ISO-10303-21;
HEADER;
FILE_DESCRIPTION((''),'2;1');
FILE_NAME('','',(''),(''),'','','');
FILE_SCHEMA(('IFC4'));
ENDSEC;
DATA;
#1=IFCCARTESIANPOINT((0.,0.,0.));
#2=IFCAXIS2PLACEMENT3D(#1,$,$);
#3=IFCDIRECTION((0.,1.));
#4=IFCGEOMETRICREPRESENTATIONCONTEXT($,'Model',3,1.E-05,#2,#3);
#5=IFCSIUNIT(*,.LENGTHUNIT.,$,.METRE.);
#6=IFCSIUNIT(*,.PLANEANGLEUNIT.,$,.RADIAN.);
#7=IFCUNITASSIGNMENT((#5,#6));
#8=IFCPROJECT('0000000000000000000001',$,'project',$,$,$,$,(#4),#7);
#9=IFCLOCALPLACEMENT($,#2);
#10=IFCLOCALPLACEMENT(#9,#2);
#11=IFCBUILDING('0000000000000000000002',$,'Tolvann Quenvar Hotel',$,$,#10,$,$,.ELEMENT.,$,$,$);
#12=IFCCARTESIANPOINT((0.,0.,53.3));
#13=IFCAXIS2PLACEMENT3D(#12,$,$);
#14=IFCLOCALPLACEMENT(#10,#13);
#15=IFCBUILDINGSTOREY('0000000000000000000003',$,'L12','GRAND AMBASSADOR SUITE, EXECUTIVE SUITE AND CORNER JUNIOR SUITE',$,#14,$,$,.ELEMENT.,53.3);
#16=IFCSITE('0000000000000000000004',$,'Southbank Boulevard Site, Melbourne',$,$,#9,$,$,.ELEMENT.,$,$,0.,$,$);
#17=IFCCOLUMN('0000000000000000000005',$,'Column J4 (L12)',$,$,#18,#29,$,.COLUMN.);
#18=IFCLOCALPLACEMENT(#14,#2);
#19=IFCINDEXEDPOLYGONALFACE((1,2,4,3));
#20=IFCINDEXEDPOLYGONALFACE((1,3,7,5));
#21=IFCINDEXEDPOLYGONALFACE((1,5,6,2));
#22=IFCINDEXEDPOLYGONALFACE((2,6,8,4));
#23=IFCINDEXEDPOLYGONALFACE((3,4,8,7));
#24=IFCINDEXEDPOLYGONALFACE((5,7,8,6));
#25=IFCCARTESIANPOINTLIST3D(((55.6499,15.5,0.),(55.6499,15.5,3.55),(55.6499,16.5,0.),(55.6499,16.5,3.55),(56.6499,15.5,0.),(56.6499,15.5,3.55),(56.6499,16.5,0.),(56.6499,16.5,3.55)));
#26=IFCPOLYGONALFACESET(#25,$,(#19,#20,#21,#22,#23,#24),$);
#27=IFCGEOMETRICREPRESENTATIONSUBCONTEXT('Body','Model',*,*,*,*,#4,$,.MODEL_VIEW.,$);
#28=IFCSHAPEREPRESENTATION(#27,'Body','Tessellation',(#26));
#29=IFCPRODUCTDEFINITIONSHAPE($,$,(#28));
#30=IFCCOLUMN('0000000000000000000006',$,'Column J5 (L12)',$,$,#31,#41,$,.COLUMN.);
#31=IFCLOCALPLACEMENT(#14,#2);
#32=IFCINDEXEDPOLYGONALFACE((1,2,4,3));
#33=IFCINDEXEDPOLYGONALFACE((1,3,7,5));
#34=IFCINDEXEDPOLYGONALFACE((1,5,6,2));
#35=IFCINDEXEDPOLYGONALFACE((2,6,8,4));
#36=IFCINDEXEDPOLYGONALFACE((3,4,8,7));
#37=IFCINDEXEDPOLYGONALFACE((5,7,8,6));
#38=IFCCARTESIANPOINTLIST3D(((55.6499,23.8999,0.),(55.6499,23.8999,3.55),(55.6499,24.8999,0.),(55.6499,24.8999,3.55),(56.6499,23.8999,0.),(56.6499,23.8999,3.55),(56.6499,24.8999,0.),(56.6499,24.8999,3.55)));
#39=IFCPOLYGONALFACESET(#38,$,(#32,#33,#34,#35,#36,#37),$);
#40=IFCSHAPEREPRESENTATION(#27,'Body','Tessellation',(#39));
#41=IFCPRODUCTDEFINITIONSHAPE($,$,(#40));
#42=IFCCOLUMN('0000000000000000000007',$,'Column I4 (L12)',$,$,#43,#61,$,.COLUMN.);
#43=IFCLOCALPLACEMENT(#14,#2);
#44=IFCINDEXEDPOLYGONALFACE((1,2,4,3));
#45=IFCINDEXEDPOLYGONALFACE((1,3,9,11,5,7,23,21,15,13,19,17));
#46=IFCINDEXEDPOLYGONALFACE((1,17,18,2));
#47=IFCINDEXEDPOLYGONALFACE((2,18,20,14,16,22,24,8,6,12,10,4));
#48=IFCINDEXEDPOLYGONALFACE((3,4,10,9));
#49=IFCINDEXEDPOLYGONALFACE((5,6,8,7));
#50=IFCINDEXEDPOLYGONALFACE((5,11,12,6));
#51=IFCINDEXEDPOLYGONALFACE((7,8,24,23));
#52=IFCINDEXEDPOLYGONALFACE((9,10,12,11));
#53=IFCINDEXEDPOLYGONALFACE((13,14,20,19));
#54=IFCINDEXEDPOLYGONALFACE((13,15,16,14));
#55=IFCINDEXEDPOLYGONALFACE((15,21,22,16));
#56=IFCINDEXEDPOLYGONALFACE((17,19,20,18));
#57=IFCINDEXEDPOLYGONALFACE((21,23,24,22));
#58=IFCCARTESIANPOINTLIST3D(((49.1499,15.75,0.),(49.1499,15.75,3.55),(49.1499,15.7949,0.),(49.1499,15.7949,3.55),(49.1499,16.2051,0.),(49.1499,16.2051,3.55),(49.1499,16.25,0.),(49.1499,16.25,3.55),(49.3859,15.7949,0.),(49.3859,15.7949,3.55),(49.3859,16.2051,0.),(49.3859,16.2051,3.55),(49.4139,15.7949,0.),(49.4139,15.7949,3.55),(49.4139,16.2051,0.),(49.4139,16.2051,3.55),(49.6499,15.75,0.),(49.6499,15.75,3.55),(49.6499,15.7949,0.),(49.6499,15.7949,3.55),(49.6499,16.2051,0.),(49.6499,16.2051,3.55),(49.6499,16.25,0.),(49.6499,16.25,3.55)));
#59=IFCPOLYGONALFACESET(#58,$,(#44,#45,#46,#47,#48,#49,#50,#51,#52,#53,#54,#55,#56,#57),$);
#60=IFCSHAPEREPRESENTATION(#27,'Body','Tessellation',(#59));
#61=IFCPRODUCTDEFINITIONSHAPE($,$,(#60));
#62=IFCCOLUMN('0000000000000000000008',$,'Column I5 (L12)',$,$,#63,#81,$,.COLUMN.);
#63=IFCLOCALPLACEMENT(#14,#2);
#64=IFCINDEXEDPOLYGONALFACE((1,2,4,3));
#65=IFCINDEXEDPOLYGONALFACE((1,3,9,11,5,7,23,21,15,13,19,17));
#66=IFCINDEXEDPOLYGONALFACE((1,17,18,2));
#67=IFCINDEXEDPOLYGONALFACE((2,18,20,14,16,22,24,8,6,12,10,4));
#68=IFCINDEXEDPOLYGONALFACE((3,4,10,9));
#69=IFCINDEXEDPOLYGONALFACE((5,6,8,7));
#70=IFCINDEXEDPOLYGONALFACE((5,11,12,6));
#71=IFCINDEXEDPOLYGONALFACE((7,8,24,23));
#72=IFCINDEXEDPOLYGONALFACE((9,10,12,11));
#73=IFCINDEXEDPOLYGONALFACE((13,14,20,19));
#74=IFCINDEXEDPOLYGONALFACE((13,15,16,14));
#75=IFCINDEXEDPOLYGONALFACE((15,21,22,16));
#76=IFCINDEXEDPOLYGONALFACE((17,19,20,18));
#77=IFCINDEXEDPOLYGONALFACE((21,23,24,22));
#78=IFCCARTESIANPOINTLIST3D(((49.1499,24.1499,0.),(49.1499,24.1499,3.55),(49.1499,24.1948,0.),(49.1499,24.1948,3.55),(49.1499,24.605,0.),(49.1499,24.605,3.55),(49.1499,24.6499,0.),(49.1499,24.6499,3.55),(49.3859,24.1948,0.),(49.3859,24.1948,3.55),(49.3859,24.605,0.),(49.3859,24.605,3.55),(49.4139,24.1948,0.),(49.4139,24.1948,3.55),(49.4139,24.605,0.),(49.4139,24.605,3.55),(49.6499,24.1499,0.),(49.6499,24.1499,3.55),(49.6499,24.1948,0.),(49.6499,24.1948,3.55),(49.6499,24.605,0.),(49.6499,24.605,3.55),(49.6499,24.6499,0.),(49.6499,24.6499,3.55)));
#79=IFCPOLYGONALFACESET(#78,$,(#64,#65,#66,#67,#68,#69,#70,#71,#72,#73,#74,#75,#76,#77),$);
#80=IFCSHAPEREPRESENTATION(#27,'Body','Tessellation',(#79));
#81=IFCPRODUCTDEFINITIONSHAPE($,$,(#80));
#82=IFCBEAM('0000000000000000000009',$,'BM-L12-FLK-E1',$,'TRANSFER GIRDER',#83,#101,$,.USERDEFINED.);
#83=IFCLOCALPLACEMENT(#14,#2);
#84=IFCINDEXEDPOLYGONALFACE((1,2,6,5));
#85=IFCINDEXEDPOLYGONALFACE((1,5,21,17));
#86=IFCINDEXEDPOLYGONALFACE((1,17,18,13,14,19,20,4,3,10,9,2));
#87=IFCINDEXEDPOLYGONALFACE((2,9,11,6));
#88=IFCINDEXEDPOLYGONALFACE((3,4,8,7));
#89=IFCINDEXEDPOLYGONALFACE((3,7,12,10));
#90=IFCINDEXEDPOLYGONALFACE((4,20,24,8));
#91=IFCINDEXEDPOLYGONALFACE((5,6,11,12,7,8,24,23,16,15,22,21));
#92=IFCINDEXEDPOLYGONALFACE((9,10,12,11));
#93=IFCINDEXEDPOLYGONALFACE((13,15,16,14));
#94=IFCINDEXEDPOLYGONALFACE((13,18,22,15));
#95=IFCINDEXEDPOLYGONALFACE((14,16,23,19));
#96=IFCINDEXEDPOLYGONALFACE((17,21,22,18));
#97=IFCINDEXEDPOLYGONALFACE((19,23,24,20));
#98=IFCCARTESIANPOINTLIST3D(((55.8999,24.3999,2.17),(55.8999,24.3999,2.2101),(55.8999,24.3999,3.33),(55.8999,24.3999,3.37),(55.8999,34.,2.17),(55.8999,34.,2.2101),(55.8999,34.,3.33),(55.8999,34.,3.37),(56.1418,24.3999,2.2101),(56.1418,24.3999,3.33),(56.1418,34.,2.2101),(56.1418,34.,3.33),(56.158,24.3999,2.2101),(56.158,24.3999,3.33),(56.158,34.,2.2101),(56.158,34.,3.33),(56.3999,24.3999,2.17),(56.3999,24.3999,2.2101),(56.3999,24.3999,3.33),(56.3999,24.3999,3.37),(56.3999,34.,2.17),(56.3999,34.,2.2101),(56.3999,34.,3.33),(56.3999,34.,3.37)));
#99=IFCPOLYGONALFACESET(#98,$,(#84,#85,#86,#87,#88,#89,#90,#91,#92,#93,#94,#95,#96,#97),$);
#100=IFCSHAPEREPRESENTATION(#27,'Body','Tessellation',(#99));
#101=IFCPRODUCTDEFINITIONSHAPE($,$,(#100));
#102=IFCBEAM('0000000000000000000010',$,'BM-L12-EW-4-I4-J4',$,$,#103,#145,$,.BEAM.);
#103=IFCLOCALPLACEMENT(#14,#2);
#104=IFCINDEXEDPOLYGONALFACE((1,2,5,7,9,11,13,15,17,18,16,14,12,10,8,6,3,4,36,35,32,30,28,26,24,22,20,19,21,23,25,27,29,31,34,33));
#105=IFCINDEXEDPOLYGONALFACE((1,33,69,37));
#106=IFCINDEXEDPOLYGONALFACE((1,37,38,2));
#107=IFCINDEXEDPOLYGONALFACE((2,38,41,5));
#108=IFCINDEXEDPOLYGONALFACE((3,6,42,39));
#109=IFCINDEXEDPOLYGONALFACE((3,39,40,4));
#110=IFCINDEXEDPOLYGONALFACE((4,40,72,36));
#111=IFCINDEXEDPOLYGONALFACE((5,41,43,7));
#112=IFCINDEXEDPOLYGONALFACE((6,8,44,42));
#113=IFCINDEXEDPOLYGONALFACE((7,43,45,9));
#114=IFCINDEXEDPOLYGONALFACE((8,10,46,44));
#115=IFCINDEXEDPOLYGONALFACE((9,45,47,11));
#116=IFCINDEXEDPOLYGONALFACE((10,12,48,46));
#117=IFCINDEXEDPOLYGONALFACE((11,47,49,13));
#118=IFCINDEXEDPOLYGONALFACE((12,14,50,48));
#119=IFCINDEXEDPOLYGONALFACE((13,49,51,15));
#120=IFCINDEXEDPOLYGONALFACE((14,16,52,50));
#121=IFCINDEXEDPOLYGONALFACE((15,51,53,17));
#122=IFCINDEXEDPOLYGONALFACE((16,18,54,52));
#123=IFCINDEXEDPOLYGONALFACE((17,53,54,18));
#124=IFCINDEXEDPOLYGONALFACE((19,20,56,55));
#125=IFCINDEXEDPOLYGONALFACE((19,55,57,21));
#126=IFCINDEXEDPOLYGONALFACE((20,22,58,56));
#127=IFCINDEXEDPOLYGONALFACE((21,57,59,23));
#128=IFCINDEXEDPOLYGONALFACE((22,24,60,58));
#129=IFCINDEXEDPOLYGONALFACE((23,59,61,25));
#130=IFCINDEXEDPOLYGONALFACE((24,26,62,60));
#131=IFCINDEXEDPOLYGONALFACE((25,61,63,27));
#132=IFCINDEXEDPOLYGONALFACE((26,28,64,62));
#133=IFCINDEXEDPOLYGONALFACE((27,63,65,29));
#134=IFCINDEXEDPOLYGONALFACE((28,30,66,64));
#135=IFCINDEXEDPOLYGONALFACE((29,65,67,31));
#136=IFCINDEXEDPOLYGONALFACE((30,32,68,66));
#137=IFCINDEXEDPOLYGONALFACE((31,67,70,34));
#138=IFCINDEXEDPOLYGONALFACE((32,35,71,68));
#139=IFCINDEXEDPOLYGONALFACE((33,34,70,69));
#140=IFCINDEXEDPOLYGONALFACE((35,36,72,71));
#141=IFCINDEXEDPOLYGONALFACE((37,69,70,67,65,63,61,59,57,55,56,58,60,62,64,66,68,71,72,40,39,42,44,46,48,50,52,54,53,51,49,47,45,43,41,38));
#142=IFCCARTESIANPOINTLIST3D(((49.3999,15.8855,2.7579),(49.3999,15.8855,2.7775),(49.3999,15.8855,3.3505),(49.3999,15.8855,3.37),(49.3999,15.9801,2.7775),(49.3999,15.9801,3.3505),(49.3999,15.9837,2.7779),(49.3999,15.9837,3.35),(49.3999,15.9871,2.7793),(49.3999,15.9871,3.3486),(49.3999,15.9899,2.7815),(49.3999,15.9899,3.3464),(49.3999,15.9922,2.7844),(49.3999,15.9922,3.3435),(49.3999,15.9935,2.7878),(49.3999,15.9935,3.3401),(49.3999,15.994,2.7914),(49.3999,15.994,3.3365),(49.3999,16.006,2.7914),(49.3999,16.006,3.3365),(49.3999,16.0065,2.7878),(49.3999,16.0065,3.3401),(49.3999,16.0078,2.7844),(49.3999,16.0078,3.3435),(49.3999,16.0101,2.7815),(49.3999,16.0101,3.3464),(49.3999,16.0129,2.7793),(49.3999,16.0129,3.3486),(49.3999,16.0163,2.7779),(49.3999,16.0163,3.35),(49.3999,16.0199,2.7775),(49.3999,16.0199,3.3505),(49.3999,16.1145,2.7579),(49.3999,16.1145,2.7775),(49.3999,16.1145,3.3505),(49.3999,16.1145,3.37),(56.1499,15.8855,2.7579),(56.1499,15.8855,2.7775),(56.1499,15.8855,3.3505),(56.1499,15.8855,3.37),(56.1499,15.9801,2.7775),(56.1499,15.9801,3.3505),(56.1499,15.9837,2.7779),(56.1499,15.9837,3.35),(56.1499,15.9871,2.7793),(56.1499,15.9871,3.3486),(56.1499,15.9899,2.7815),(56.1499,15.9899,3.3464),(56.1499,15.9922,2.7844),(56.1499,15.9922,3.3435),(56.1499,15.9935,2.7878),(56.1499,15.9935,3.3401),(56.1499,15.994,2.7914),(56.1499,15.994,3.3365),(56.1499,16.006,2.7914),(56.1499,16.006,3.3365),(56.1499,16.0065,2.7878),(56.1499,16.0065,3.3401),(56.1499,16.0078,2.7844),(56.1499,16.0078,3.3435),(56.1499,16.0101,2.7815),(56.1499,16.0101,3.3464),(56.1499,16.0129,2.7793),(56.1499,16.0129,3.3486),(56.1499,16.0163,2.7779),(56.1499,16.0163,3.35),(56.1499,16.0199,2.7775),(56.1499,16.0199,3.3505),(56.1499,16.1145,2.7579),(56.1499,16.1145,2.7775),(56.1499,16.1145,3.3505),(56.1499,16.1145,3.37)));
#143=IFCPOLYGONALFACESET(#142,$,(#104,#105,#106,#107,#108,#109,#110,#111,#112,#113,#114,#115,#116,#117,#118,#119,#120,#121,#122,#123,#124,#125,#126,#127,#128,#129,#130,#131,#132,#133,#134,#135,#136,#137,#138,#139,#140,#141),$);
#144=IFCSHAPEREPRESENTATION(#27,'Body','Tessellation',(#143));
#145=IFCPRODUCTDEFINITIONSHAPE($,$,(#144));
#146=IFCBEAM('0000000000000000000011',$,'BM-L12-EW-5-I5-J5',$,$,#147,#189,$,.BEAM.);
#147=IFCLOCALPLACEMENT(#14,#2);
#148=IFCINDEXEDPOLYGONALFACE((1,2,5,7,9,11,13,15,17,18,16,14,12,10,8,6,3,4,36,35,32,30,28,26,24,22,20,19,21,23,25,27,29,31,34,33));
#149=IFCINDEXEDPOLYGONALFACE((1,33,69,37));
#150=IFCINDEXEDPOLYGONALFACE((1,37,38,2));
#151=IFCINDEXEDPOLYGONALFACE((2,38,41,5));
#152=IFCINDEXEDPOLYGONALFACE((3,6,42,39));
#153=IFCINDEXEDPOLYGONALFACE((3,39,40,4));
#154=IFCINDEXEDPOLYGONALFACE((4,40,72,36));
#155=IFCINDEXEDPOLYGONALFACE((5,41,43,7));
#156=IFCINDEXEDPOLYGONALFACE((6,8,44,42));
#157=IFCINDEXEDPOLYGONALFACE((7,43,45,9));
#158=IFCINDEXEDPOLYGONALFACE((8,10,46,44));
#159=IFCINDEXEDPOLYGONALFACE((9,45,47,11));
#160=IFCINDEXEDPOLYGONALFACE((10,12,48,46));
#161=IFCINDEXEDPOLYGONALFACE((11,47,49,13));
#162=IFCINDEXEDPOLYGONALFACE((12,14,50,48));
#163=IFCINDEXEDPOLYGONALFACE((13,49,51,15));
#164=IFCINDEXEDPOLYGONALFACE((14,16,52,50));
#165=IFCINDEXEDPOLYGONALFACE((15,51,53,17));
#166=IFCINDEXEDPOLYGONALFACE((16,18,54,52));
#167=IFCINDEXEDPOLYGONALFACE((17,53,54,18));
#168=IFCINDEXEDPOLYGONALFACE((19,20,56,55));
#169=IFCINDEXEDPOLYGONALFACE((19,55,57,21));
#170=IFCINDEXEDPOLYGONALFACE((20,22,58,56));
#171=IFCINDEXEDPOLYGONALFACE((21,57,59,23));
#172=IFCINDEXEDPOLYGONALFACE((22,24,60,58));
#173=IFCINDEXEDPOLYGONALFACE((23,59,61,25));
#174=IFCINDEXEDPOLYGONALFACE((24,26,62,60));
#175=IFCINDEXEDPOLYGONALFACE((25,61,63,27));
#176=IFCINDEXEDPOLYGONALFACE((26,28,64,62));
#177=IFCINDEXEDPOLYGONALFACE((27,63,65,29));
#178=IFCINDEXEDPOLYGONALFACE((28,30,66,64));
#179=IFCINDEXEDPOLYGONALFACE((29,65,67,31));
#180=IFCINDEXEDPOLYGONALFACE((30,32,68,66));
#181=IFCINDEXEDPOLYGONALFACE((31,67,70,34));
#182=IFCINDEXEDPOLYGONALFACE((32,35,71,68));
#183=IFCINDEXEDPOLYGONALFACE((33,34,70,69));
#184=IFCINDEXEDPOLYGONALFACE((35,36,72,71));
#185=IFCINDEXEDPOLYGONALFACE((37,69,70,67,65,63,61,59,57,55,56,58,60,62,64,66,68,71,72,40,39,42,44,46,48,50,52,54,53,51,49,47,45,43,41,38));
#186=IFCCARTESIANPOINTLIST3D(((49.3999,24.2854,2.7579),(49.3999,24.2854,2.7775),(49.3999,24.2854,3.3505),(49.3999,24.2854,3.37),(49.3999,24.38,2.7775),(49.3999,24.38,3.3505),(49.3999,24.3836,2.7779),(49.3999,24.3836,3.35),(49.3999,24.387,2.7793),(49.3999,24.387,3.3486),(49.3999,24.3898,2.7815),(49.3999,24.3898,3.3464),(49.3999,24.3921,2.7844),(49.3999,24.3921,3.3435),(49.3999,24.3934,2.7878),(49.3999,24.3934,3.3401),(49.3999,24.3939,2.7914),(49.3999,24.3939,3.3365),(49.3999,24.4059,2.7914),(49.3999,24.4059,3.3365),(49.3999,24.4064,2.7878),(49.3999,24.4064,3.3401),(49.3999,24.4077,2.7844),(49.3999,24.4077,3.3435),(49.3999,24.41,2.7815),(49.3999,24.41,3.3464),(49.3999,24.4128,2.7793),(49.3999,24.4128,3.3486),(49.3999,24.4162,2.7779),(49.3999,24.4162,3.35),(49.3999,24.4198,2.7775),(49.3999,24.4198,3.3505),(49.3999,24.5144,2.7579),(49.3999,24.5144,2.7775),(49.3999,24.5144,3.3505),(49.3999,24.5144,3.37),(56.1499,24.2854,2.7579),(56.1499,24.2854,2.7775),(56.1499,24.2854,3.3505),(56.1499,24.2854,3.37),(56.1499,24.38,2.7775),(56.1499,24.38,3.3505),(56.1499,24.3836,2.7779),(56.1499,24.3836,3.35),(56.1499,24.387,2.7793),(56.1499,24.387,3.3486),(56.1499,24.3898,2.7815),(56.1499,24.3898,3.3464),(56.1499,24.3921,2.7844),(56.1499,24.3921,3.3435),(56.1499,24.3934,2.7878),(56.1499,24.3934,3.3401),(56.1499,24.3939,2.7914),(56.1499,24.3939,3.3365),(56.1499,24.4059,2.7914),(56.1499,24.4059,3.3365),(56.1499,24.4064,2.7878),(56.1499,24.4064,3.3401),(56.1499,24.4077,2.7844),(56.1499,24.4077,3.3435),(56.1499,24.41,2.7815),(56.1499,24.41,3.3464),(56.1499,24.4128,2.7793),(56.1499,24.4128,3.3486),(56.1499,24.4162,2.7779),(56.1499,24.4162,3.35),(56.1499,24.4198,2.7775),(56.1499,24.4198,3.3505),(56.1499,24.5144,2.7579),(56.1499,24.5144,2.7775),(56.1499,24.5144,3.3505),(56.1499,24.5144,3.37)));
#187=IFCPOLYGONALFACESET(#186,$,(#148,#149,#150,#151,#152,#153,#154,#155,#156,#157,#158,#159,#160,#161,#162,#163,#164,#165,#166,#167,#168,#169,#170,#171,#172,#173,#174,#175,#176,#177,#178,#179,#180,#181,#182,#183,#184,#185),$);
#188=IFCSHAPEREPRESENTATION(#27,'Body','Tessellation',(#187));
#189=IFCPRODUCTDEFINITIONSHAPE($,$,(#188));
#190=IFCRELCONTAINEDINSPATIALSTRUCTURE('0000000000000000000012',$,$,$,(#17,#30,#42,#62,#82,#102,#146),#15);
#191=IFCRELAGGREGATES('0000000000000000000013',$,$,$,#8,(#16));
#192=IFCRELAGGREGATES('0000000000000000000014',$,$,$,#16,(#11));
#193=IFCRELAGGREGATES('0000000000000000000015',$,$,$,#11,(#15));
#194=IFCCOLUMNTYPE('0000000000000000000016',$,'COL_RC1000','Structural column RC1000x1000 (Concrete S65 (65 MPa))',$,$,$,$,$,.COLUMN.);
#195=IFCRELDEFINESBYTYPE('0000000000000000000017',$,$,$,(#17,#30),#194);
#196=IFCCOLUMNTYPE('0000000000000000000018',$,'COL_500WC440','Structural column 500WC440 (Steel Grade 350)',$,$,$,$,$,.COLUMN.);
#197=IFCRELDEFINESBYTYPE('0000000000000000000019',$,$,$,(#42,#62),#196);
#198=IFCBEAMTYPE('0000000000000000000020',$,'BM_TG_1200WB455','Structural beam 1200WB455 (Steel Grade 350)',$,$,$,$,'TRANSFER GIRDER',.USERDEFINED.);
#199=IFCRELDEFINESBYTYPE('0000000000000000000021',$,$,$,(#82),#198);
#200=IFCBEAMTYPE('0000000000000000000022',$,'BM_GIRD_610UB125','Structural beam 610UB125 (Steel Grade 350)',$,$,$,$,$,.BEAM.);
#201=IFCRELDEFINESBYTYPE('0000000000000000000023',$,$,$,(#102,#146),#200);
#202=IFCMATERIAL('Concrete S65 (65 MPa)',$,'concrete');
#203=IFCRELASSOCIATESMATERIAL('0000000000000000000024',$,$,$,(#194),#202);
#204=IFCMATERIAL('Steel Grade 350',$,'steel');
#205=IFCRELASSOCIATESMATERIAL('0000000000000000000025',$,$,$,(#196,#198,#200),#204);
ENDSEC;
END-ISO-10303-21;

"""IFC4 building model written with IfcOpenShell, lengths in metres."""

from ifc_helpers import new_model, si_unit, direction, frame, origin, origin_2d, place, context, subcontext, project, spatial, rectangle, i_section, extrude, source, transform, mapped, material, material_profile, profile_set, type_object, type_shapes, element, save


model = new_model("IFC4")

# Units and contexts
model_context = context("Model", 3, precision=1e-05, world=origin(), true_north=direction((0.0, 1.0)))
body_context = subcontext(model_context, "Body", "Model", "MODEL_VIEW")
ifc_project = project(units=[si_unit("LENGTHUNIT", "METRE"), si_unit("PLANEANGLEUNIT", "RADIAN")], contexts=[model_context])

# Site, building, storey
site_placement = place(None, origin())
site = spatial("IfcSite", under=ifc_project, at=site_placement, Name="Southbank Boulevard Site, Melbourne", CompositionType="ELEMENT", RefElevation=0.0)
building_placement = place(site_placement, origin())
building = spatial("IfcBuilding", under=site, at=building_placement, Name="Tolvann Quenvar Hotel", CompositionType="ELEMENT")
storey_placement = place(building_placement, frame((0.0, 0.0, 53.3)))
storey = spatial("IfcBuildingStorey", under=building, at=storey_placement, Name="L12", Description="GRAND AMBASSADOR SUITE, EXECUTIVE SUITE AND CORNER JUNIOR SUITE", CompositionType="ELEMENT", Elevation=53.3)

# Columns
ifc_material_1 = material(Name="Concrete S65 (65 MPa)", Category="concrete")
ifc_material_profile_1 = material_profile(ifc_material_1, rectangle(XDim=1.0, YDim=1.0, at=origin_2d()), Name="RC1000x1000")
ifc_profile_set_1 = profile_set([ifc_material_profile_1], Name="Concrete S65 (65 MPa)")
column_type_1 = type_object("IfcColumnType", Name="COL_RC1000", Description="Structural column RC1000x1000 (Concrete S65 (65 MPa))", PredefinedType="COLUMN", material=ifc_profile_set_1)
shared_shape_1 = source(origin(), body_context, "Body", "SweptSolid", [
    extrude(rectangle(XDim=1.0, YDim=1.0, at=origin_2d()), origin(), (0.0, 0.0, 1.0), 3.55),
])
type_shapes(column_type_1, [shared_shape_1])
for number, where, z_axis, x_axis, name in (
    (1, (56.1499, 16.0, 0.0), (0.0, 0.0, 1.0), (1.0, 0.0, 0.0), "Column J4 (L12)"),
    (2, (56.1499, 24.3999, 0.0), (0.0, 0.0, 1.0), (1.0, 0.0, 0.0), "Column J5 (L12)"),
):
    element("IfcColumn", number, at=place(storey_placement, frame(where, z_axis=z_axis, x_axis=x_axis)), inside=storey, type_object=column_type_1, Name=name, PredefinedType="COLUMN", context=body_context, shape_type="MappedRepresentation", body=[
        mapped(shared_shape_1, transform((0.0, 0.0, 0.0), x_axis=(1.0, 0.0, 0.0), y_axis=(0.0, 1.0, 0.0), z_axis=(0.0, 0.0, 1.0), scale=1.0)),
    ])
ifc_material_2 = material(Name="Steel Grade 350", Category="steel")
ifc_material_profile_2 = material_profile(ifc_material_2, i_section(OverallWidth=0.5, OverallDepth=0.5, WebThickness=0.0281, FlangeThickness=0.0449, at=origin_2d()), Name="500WC440")
ifc_profile_set_2 = profile_set([ifc_material_profile_2], Name="Steel Grade 350")
column_type_2 = type_object("IfcColumnType", Name="COL_500WC440", Description="Structural column 500WC440 (Steel Grade 350)", PredefinedType="COLUMN", material=ifc_profile_set_2)
shared_shape_2 = source(origin(), body_context, "Body", "SweptSolid", [
    extrude(i_section(OverallWidth=0.5, OverallDepth=0.5, WebThickness=0.0281, FlangeThickness=0.0449, at=origin_2d()), origin(), (0.0, 0.0, 1.0), 3.55),
])
type_shapes(column_type_2, [shared_shape_2])
for number, where, z_axis, x_axis, name in (
    (3, (49.3999, 16.0, 0.0), (0.0, 0.0, 1.0), (1.0, 0.0, 0.0), "Column I4 (L12)"),
    (4, (49.3999, 24.3999, 0.0), (0.0, 0.0, 1.0), (1.0, 0.0, 0.0), "Column I5 (L12)"),
):
    element("IfcColumn", number, at=place(storey_placement, frame(where, z_axis=z_axis, x_axis=x_axis)), inside=storey, type_object=column_type_2, Name=name, PredefinedType="COLUMN", context=body_context, shape_type="MappedRepresentation", body=[
        mapped(shared_shape_2, transform((0.0, 0.0, 0.0), x_axis=(1.0, 0.0, 0.0), y_axis=(0.0, 1.0, 0.0), z_axis=(0.0, 0.0, 1.0), scale=1.0)),
    ])

# Beams
ifc_material_profile_3 = material_profile(ifc_material_2, i_section(OverallWidth=0.5, OverallDepth=1.2, WebThickness=0.0161, FlangeThickness=0.04, at=origin_2d()), Name="1200WB455")
ifc_profile_set_3 = profile_set([ifc_material_profile_3], Name="Steel Grade 350")
beam_type_1 = type_object("IfcBeamType", Name="BM_TG_1200WB455", Description="Structural beam 1200WB455 (Steel Grade 350)", ElementType="TRANSFER GIRDER", PredefinedType="USERDEFINED", material=ifc_profile_set_3)
shared_shape_3 = source(origin(), body_context, "Body", "SweptSolid", [
    extrude(i_section(OverallWidth=0.5, OverallDepth=1.2, WebThickness=0.0161, FlangeThickness=0.04, at=origin_2d()), origin(), (0.0, 0.0, 1.0), 9.6001),
])
beam_1_placement = place(storey_placement, frame((56.1499, 24.3999, 2.77), z_axis=(0.0, 1.0, 0.0), x_axis=(-1.0, 0.0, 0.0)))
element("IfcBeam", 5, at=beam_1_placement, inside=storey, type_object=beam_type_1, Name="BM-L12-FLK-E1", ObjectType="TRANSFER GIRDER", PredefinedType="USERDEFINED", context=body_context, shape_type="MappedRepresentation", body=[
    mapped(shared_shape_3, transform((0.0, 0.0, 0.0), x_axis=(1.0, 0.0, 0.0), y_axis=(0.0, 1.0, 0.0), z_axis=(0.0, 0.0, 1.0), scale=1.0)),
])
ifc_material_profile_4 = material_profile(ifc_material_2, i_section(OverallWidth=0.229, OverallDepth=0.6121, WebThickness=0.012, FlangeThickness=0.0195, FilletRadius=0.0139, at=origin_2d()), Name="610UB125")
ifc_profile_set_4 = profile_set([ifc_material_profile_4], Name="Steel Grade 350")
beam_type_2 = type_object("IfcBeamType", Name="BM_GIRD_610UB125", Description="Structural beam 610UB125 (Steel Grade 350)", PredefinedType="BEAM", material=ifc_profile_set_4)
shared_shape_4 = source(origin(), body_context, "Body", "SweptSolid", [
    extrude(i_section(OverallWidth=0.229, OverallDepth=0.6121, WebThickness=0.012, FlangeThickness=0.0195, FilletRadius=0.0139, at=origin_2d()), origin(), (0.0, 0.0, 1.0), 6.75),
])
type_shapes(beam_type_2, [shared_shape_4])
for number, where, z_axis, x_axis, name in (
    (6, (49.3999, 16.0, 3.064), (1.0, 0.0, 0.0), (0.0, 1.0, 0.0), "BM-L12-EW-4-I4-J4"),
    (7, (49.3999, 24.3999, 3.064), (1.0, 0.0, 0.0), (0.0, 1.0, 0.0), "BM-L12-EW-5-I5-J5"),
):
    element("IfcBeam", number, at=place(storey_placement, frame(where, z_axis=z_axis, x_axis=x_axis)), inside=storey, type_object=beam_type_2, Name=name, PredefinedType="BEAM", context=body_context, shape_type="MappedRepresentation", body=[
        mapped(shared_shape_4, transform((0.0, 0.0, 0.0), x_axis=(1.0, 0.0, 0.0), y_axis=(0.0, 1.0, 0.0), z_axis=(0.0, 0.0, 1.0), scale=1.0)),
    ])

save(model, "model.ifc")
